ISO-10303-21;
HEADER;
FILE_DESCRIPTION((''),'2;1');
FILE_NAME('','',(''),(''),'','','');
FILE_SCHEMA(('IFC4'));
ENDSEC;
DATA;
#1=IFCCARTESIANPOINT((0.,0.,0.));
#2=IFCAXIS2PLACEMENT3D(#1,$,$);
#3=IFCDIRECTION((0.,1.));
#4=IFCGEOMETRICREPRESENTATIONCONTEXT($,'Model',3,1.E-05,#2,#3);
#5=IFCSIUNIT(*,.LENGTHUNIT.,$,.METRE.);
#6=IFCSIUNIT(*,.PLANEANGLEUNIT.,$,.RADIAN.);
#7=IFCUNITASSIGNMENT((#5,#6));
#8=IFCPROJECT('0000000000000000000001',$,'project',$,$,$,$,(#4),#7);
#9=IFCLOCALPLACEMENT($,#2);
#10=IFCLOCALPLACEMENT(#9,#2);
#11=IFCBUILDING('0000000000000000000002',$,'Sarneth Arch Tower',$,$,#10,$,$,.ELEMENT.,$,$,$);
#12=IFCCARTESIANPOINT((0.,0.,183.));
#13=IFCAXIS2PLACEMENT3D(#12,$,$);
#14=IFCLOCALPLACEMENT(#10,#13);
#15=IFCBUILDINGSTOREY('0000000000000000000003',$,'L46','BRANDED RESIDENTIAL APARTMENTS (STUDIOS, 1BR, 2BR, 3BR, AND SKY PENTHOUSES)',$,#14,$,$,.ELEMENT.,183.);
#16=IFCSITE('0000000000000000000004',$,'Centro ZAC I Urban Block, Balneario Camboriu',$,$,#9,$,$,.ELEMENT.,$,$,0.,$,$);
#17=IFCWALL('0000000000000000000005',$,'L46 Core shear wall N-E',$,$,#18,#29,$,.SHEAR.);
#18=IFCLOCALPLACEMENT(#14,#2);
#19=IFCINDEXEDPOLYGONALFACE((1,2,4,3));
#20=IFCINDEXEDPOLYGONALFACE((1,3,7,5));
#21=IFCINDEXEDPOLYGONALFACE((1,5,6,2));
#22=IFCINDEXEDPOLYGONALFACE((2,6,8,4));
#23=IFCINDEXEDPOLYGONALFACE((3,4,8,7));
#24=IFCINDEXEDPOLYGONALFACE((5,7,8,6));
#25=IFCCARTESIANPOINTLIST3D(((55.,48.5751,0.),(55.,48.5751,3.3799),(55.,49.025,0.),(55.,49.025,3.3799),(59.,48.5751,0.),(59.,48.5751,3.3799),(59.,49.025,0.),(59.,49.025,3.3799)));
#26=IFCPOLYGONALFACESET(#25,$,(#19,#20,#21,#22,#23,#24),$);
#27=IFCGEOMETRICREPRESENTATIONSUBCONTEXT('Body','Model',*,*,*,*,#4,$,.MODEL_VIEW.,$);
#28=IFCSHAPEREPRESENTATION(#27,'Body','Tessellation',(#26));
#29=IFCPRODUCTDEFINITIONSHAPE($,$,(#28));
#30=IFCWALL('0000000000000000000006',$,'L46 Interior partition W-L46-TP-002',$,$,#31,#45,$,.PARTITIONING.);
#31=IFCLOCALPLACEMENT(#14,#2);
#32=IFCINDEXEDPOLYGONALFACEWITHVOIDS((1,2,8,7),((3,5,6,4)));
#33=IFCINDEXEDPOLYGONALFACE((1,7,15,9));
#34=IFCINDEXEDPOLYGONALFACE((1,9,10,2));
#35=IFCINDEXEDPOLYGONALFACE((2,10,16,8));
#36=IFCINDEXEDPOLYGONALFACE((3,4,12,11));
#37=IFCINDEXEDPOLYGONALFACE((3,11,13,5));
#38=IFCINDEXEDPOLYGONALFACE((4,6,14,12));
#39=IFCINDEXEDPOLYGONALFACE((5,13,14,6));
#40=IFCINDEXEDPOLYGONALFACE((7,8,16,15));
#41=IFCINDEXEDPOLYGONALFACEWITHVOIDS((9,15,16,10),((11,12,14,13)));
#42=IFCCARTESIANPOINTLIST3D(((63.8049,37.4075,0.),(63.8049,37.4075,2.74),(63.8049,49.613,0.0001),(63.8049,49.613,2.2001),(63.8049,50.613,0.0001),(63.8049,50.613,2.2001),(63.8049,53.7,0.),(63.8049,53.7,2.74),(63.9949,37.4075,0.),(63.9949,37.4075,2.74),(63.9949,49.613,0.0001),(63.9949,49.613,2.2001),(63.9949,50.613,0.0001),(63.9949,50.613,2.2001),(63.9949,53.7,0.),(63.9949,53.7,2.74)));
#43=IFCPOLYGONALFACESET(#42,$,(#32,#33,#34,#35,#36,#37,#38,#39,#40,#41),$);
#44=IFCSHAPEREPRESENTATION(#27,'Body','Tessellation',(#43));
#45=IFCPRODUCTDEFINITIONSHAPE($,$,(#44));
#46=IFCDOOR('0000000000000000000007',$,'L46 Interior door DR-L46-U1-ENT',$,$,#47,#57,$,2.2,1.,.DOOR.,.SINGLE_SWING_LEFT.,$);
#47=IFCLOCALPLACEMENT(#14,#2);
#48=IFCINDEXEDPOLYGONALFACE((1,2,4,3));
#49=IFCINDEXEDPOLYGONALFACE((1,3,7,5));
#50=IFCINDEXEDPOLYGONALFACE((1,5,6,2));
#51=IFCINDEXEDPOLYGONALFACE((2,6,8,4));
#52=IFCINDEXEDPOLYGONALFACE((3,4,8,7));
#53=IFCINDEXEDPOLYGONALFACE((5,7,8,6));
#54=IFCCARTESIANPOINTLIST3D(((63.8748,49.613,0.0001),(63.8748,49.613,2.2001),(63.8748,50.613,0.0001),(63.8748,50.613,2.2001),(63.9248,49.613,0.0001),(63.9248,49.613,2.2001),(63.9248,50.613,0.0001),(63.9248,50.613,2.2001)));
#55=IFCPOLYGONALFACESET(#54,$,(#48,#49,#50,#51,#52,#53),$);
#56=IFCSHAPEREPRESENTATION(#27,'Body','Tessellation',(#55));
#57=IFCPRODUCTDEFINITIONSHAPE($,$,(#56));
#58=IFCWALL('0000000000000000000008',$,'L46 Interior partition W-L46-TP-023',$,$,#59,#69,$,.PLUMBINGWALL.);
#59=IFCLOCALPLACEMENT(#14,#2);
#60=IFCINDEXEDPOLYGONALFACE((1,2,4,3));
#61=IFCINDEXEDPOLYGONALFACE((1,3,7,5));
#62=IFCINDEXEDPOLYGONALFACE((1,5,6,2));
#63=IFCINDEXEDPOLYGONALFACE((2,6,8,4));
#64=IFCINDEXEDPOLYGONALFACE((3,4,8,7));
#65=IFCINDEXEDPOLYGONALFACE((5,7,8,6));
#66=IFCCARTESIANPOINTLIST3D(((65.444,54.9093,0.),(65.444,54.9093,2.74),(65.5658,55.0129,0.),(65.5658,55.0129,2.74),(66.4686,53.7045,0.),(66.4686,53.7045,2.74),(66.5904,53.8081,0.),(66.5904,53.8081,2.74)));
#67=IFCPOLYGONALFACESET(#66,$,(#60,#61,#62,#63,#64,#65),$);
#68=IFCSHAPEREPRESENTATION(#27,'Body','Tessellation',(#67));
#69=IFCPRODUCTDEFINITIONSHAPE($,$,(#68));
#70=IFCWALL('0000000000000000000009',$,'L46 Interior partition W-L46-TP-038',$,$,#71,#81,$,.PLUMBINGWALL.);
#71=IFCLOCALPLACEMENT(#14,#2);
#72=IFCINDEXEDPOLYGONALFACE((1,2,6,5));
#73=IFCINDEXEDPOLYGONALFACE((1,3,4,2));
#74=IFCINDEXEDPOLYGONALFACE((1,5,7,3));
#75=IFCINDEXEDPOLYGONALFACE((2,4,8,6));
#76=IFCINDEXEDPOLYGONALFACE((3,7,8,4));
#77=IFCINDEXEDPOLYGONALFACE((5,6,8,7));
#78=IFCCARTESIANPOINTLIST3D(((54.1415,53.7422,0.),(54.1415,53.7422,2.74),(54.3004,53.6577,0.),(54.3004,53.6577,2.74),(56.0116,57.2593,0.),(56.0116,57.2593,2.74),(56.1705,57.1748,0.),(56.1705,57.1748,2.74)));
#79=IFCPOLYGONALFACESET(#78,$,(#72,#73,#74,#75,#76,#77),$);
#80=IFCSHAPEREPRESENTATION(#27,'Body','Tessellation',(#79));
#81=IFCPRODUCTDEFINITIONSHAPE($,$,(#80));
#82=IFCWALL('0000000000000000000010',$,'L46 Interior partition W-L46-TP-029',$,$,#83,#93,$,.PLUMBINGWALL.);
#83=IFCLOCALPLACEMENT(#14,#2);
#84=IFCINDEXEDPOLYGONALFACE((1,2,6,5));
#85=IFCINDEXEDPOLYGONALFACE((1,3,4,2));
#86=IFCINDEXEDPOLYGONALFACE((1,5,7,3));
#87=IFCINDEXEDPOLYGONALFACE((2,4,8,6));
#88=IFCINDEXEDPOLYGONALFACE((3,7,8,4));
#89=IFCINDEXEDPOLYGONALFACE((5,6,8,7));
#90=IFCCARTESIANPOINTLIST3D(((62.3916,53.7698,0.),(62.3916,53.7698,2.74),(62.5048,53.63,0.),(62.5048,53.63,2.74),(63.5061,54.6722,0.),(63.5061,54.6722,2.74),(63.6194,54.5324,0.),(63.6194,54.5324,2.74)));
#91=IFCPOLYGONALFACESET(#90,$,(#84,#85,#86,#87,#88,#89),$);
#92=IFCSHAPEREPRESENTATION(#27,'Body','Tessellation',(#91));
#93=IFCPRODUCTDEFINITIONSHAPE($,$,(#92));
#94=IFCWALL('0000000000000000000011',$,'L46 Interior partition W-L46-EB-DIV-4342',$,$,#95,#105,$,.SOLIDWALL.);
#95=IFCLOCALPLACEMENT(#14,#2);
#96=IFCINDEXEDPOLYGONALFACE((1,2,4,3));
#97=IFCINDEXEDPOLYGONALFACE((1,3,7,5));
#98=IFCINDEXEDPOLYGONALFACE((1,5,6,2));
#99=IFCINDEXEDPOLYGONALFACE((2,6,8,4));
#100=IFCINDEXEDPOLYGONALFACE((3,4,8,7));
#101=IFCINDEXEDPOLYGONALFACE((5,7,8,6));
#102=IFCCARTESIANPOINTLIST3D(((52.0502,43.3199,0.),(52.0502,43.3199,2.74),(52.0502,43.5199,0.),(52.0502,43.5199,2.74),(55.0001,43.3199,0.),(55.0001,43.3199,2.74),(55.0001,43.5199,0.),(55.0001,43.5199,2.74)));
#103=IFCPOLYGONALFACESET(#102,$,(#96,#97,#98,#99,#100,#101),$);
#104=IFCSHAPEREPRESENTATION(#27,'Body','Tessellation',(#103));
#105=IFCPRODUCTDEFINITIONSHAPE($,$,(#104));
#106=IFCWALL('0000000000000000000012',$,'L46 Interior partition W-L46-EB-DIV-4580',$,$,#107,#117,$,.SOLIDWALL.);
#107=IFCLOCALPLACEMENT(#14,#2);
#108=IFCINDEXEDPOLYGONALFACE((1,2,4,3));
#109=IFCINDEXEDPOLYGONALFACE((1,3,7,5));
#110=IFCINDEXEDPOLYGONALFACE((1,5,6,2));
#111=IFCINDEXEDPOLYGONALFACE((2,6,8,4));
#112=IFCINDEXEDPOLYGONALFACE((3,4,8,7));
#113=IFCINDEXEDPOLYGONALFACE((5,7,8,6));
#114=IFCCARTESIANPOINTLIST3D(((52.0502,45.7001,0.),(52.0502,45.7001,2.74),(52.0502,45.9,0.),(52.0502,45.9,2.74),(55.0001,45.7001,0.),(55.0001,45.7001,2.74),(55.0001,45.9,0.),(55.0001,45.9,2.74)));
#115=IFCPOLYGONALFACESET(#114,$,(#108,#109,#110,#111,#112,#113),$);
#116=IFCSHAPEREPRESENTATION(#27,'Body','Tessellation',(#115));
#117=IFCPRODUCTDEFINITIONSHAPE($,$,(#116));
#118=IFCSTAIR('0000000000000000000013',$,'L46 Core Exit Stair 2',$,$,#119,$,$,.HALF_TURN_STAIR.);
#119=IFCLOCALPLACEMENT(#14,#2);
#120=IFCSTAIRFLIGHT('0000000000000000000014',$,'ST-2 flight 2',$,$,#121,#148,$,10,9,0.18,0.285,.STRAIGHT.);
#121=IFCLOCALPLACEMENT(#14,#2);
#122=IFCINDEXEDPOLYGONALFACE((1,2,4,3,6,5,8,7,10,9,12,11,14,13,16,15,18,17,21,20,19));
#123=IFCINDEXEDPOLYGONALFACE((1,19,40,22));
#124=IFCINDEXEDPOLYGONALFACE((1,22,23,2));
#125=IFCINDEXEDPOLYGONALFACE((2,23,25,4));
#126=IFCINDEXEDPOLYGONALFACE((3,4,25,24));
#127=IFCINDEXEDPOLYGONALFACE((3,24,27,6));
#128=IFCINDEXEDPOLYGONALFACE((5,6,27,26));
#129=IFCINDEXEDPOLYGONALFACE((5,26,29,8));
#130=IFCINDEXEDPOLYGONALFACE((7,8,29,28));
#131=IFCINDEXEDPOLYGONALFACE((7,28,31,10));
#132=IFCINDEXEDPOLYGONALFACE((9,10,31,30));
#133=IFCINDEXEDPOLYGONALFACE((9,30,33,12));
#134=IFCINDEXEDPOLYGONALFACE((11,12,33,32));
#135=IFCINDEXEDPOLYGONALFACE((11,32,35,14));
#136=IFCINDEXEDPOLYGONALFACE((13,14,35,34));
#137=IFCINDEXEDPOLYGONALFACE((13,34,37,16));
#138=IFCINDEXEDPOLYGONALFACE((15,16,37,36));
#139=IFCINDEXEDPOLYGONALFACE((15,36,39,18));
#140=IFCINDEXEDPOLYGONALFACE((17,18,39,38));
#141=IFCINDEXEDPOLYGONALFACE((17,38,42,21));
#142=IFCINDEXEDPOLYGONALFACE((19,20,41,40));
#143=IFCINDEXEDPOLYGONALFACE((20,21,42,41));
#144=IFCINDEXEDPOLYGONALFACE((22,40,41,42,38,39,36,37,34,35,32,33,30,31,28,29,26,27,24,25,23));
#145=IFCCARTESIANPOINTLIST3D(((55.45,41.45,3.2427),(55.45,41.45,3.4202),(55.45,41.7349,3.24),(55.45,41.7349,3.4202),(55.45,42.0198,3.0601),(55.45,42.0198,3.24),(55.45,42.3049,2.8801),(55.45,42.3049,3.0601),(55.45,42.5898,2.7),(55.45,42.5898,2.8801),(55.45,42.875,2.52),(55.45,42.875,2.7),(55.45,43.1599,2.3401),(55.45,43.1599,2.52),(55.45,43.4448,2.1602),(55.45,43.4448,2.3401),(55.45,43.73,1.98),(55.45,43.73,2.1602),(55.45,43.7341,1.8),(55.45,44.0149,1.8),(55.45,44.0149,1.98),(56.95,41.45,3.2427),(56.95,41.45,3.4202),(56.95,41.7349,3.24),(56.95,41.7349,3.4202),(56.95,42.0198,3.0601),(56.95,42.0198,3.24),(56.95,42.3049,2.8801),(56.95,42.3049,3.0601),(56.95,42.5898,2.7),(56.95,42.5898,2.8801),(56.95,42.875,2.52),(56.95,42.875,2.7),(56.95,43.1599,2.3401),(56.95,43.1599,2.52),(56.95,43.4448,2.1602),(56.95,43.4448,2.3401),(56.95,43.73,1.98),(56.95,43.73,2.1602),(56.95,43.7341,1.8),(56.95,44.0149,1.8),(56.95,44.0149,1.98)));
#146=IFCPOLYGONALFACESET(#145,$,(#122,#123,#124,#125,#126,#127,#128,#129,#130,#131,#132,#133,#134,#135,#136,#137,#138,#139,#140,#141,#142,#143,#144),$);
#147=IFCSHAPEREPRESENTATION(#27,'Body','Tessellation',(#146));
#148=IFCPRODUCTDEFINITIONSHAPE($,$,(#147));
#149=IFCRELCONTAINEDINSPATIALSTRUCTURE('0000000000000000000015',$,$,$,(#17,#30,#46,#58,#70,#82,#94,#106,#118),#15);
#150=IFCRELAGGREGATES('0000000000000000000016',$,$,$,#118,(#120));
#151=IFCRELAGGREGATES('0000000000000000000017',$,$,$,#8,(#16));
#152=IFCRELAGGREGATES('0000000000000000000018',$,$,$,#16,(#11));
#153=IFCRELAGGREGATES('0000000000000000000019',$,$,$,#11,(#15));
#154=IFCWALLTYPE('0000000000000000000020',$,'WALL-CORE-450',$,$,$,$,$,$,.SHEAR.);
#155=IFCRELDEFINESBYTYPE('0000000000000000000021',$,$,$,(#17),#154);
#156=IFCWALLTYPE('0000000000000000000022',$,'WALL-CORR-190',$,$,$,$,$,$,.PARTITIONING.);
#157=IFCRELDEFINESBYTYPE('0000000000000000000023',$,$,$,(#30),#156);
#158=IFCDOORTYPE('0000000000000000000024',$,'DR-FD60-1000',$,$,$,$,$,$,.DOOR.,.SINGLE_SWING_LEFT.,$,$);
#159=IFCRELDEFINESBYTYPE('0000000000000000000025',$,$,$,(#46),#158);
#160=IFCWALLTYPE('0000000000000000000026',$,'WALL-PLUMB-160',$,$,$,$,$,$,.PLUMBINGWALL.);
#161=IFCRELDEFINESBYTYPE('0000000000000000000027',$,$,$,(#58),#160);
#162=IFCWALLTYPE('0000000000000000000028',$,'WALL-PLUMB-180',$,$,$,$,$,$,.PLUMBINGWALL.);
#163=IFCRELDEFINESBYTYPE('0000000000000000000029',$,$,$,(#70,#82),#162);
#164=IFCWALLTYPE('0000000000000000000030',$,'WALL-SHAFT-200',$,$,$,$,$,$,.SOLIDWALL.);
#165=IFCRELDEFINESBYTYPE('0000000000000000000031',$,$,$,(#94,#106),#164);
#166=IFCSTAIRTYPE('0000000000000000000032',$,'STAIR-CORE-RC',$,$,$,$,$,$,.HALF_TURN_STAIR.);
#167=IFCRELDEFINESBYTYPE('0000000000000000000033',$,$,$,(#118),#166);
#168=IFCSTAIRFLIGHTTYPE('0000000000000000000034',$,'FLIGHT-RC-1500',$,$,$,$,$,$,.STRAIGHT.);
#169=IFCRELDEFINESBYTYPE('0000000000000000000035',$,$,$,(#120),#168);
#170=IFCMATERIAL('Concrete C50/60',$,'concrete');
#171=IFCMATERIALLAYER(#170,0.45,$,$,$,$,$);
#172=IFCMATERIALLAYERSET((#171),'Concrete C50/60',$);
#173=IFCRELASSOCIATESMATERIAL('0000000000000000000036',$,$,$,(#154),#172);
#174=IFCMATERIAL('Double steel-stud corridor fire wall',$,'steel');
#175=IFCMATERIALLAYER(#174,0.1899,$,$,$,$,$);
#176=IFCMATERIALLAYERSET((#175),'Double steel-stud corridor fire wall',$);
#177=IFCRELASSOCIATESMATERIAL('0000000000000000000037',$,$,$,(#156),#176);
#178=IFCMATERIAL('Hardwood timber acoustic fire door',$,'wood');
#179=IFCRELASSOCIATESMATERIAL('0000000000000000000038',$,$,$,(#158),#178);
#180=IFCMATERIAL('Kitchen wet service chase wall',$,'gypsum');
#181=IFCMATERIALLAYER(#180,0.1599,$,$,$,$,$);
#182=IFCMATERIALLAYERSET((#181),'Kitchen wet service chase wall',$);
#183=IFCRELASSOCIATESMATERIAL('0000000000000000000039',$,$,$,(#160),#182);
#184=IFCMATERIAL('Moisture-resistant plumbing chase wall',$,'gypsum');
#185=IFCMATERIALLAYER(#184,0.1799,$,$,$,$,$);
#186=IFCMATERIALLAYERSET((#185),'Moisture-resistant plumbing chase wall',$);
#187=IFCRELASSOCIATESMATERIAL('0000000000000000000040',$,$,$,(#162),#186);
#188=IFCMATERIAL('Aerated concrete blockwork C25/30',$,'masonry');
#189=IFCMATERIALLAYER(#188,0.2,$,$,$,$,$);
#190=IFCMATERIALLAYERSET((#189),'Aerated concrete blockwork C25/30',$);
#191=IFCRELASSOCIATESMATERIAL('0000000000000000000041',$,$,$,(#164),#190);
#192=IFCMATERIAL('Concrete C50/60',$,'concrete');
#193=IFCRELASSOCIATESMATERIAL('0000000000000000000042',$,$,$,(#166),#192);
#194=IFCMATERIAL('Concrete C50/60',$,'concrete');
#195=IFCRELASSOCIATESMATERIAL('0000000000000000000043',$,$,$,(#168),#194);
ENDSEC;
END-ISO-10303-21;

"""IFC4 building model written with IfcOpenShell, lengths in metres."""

from ifc_helpers import new_model, si_unit, direction, frame, frame_2d, origin, place, context, subcontext, project, spatial, polyline, rectangle, outline, extrude, material, layer, layer_set, type_object, element, fill, aggregate, save


model = new_model("IFC4")

# Units and contexts
model_context = context("Model", 3, precision=1e-05, world=origin(), true_north=direction((0.0, 1.0)))
body_context = subcontext(model_context, "Body", "Model", "MODEL_VIEW")
ifc_project = project(units=[si_unit("LENGTHUNIT", "METRE"), si_unit("PLANEANGLEUNIT", "RADIAN")], contexts=[model_context])

# Site, building, storey
site_placement = place(None, origin())
site = spatial("IfcSite", under=ifc_project, at=site_placement, Name="Centro ZAC I Urban Block, Balneario Camboriu", CompositionType="ELEMENT", RefElevation=0.0)
building_placement = place(site_placement, origin())
building = spatial("IfcBuilding", under=site, at=building_placement, Name="Sarneth Arch Tower", CompositionType="ELEMENT")
storey_placement = place(building_placement, frame((0.0, 0.0, 183.0)))
storey = spatial("IfcBuildingStorey", under=building, at=storey_placement, Name="L46", Description="BRANDED RESIDENTIAL APARTMENTS (STUDIOS, 1BR, 2BR, 3BR, AND SKY PENTHOUSES)", CompositionType="ELEMENT", Elevation=183.0)

# Wall
ifc_material_1 = material(Name="Concrete C50/60", Category="concrete")
ifc_layer_1 = layer(ifc_material_1, 0.45)
ifc_layer_set_1 = layer_set([ifc_layer_1], Name="Concrete C50/60")
wall_type_1 = type_object("IfcWallType", Name="WALL-CORE-450", PredefinedType="SHEAR", material=ifc_layer_set_1)
wall_1_placement = place(storey_placement, frame((55.0, 48.8, 0.0), z_axis=(0.0, 0.0, 1.0), x_axis=(1.0, 0.0, 0.0)))
element("IfcWall", 1, at=wall_1_placement, inside=storey, type_object=wall_type_1, Name="L46 Core shear wall N-E", PredefinedType="SHEAR", context=body_context, shape_type="SweptSolid", body=[
    extrude(rectangle(XDim=4.0, YDim=0.45, at=frame_2d((2.0, 0.0))), origin(), (0.0, 0.0, 1.0), 3.3799),
])

# Wall, opening, door
ifc_material_2 = material(Name="Double steel-stud corridor fire wall", Category="steel")
ifc_layer_2 = layer(ifc_material_2, 0.1899)
ifc_layer_set_2 = layer_set([ifc_layer_2], Name="Double steel-stud corridor fire wall")
wall_type_2 = type_object("IfcWallType", Name="WALL-CORR-190", PredefinedType="PARTITIONING", material=ifc_layer_set_2)
wall_2_placement = place(storey_placement, frame((63.8999, 53.7, 0.0), z_axis=(0.0, 0.0, 1.0), x_axis=(0.0, -1.0, 0.0)))
wall_2 = element("IfcWall", 2, at=wall_2_placement, inside=storey, type_object=wall_type_2, Name="L46 Interior partition W-L46-TP-002", PredefinedType="PARTITIONING", context=body_context, shape_type="SweptSolid", body=[
    extrude(rectangle(XDim=16.2925, YDim=0.1899, at=frame_2d((8.1462, 0.0))), origin(), (0.0, 0.0, 1.0), 2.74),
])
opening_placement = place(wall_2_placement, frame((3.0869, 0.0, 0.0)))
opening = element("IfcOpeningElement", 3, at=opening_placement, cuts=wall_2, PredefinedType="OPENING", context=body_context, shape_type="SweptSolid", body=[
    extrude(rectangle(XDim=1.0, YDim=2.2, at=frame_2d((0.5, 1.1001))), frame((0.0, 0.105, 0.0), z_axis=(0.0, -1.0, 0.0), x_axis=(1.0, 0.0, 0.0)), (0.0, 0.0, 1.0), 0.21),
])
ifc_material_3 = material(Name="Hardwood timber acoustic fire door", Category="wood")
door_type = type_object("IfcDoorType", Name="DR-FD60-1000", OperationType="SINGLE_SWING_LEFT", PredefinedType="DOOR", material=ifc_material_3)
door_placement = place(opening_placement, origin())
door = element("IfcDoor", 4, at=door_placement, inside=storey, type_object=door_type, Name="L46 Interior door DR-L46-U1-ENT", OperationType="SINGLE_SWING_LEFT", OverallHeight=2.2, OverallWidth=1.0, PredefinedType="DOOR", context=body_context, shape_type="SweptSolid", body=[
    extrude(rectangle(XDim=1.0, YDim=2.2, at=frame_2d((0.5, 1.1001))), frame((0.0, 0.0249, 0.0), z_axis=(0.0, -1.0, 0.0), x_axis=(1.0, 0.0, 0.0)), (0.0, 0.0, 1.0), 0.05),
])
fill(opening, door)

# Walls
ifc_material_4 = material(Name="Kitchen wet service chase wall", Category="gypsum")
ifc_layer_3 = layer(ifc_material_4, 0.1599)
ifc_layer_set_3 = layer_set([ifc_layer_3], Name="Kitchen wet service chase wall")
wall_type_3 = type_object("IfcWallType", Name="WALL-PLUMB-160", PredefinedType="PLUMBINGWALL", material=ifc_layer_set_3)
wall_3_placement = place(storey_placement, frame((66.5295, 53.7563, 0.0), z_axis=(0.0, 0.0, 1.0), x_axis=(-0.64785, 0.761768, 0.0)))
element("IfcWall", 5, at=wall_3_placement, inside=storey, type_object=wall_type_3, Name="L46 Interior partition W-L46-TP-023", PredefinedType="PLUMBINGWALL", context=body_context, shape_type="SweptSolid", body=[
    extrude(rectangle(XDim=1.5815, YDim=0.1599, at=frame_2d((0.7908, 0.0))), origin(), (0.0, 0.0, 1.0), 2.74),
])
ifc_material_5 = material(Name="Moisture-resistant plumbing chase wall", Category="gypsum")
ifc_layer_4 = layer(ifc_material_5, 0.1799)
ifc_layer_set_4 = layer_set([ifc_layer_4], Name="Moisture-resistant plumbing chase wall")
wall_type_4 = type_object("IfcWallType", Name="WALL-PLUMB-180", PredefinedType="PLUMBINGWALL", material=ifc_layer_set_4)
wall_4_placement = place(storey_placement, frame((54.2209, 53.7, 0.0), z_axis=(0.0, 0.0, 1.0), x_axis=(0.469481, 0.882943, 0.0)))
element("IfcWall", 6, at=wall_4_placement, inside=storey, type_object=wall_type_4, Name="L46 Interior partition W-L46-TP-038", PredefinedType="PLUMBINGWALL", context=body_context, shape_type="SweptSolid", body=[
    extrude(rectangle(XDim=3.9834, YDim=0.1799, at=frame_2d((1.9917, 0.0))), origin(), (0.0, 0.0, 1.0), 2.74),
])
wall_5_placement = place(storey_placement, frame((63.5627, 54.6023, 0.0), z_axis=(0.0, 0.0, 1.0), x_axis=(-0.777201, -0.629252, 0.0)))
element("IfcWall", 7, at=wall_5_placement, inside=storey, type_object=wall_type_4, Name="L46 Interior partition W-L46-TP-029", PredefinedType="PLUMBINGWALL", context=body_context, shape_type="SweptSolid", body=[
    extrude(rectangle(XDim=1.4341, YDim=0.1799, at=frame_2d((0.717, 0.0))), origin(), (0.0, 0.0, 1.0), 2.74),
])
ifc_material_6 = material(Name="Aerated concrete blockwork C25/30", Category="masonry")
ifc_layer_5 = layer(ifc_material_6, 0.2)
ifc_layer_set_5 = layer_set([ifc_layer_5], Name="Aerated concrete blockwork C25/30")
wall_type_5 = type_object("IfcWallType", Name="WALL-SHAFT-200", PredefinedType="SOLIDWALL", material=ifc_layer_set_5)
for number, where, z_axis, x_axis, name in (
    (8, (52.05, 43.4199, 0.0), (0.0, 0.0, 1.0), (1.0, 0.0, 0.0), "L46 Interior partition W-L46-EB-DIV-4342"),
    (9, (52.05, 45.8, 0.0), (0.0, 0.0, 1.0), (1.0, 0.0, 0.0), "L46 Interior partition W-L46-EB-DIV-4580"),
):
    element("IfcWall", number, at=place(storey_placement, frame(where, z_axis=z_axis, x_axis=x_axis)), inside=storey, type_object=wall_type_5, Name=name, PredefinedType="SOLIDWALL", context=body_context, shape_type="SweptSolid", body=[
        extrude(rectangle(XDim=2.95, YDim=0.2, at=frame_2d((1.4751, 0.0))), origin(), (0.0, 0.0, 1.0), 2.74),
    ])

# Stair, stair flight
ifc_material_7 = material(Name="Concrete C50/60", Category="concrete")
stair_type = type_object("IfcStairType", Name="STAIR-CORE-RC", PredefinedType="HALF_TURN_STAIR", material=ifc_material_7)
stair_placement = place(storey_placement, origin())
stair = element("IfcStair", 10, at=stair_placement, inside=storey, type_object=stair_type, Name="L46 Core Exit Stair 2", PredefinedType="HALF_TURN_STAIR")
ifc_material_8 = material(Name="Concrete C50/60", Category="concrete")
stair_flight_type = type_object("IfcStairFlightType", Name="FLIGHT-RC-1500", PredefinedType="STRAIGHT", material=ifc_material_8)
stair_flight_placement = place(storey_placement, frame((56.2, 44.0149, 1.8), z_axis=(0.0, 0.0, 1.0), x_axis=(0.0, -1.0, 0.0)))
stair_flight = element("IfcStairFlight", 11, at=stair_flight_placement, type_object=stair_flight_type, Name="ST-2 flight 2", NumberOfRisers=10, NumberOfTreads=9, PredefinedType="STRAIGHT", RiserHeight=0.18, TreadLength=0.285, context=body_context, shape_type="SweptSolid", body=[
    extrude(outline(polyline([(0.0, 0.0), (0.0, 0.1799), (0.2849, 0.1799), (0.2849, 0.3601), (0.5701, 0.3601), (0.5701, 0.54), (0.855, 0.54), (0.855, 0.72), (1.1399, 0.72), (1.1399, 0.8999), (1.425, 0.8999), (1.425, 1.0801), (1.71, 1.0801), (1.71, 1.26), (1.9951, 1.26), (1.9951, 1.4399), (2.28, 1.4399), (2.28, 1.6201), (2.5649, 1.6201), (2.5649, 1.8), (2.5649, 1.4426), (0.2808, 0.0), (0.0, 0.0)])), frame((0.0, 0.75, 0.0), z_axis=(0.0, -1.0, 0.0), x_axis=(1.0, 0.0, 0.0)), (0.0, 0.0, 1.0), 1.5),
])
aggregate(stair, [stair_flight])

save(model, "model.ifc")
